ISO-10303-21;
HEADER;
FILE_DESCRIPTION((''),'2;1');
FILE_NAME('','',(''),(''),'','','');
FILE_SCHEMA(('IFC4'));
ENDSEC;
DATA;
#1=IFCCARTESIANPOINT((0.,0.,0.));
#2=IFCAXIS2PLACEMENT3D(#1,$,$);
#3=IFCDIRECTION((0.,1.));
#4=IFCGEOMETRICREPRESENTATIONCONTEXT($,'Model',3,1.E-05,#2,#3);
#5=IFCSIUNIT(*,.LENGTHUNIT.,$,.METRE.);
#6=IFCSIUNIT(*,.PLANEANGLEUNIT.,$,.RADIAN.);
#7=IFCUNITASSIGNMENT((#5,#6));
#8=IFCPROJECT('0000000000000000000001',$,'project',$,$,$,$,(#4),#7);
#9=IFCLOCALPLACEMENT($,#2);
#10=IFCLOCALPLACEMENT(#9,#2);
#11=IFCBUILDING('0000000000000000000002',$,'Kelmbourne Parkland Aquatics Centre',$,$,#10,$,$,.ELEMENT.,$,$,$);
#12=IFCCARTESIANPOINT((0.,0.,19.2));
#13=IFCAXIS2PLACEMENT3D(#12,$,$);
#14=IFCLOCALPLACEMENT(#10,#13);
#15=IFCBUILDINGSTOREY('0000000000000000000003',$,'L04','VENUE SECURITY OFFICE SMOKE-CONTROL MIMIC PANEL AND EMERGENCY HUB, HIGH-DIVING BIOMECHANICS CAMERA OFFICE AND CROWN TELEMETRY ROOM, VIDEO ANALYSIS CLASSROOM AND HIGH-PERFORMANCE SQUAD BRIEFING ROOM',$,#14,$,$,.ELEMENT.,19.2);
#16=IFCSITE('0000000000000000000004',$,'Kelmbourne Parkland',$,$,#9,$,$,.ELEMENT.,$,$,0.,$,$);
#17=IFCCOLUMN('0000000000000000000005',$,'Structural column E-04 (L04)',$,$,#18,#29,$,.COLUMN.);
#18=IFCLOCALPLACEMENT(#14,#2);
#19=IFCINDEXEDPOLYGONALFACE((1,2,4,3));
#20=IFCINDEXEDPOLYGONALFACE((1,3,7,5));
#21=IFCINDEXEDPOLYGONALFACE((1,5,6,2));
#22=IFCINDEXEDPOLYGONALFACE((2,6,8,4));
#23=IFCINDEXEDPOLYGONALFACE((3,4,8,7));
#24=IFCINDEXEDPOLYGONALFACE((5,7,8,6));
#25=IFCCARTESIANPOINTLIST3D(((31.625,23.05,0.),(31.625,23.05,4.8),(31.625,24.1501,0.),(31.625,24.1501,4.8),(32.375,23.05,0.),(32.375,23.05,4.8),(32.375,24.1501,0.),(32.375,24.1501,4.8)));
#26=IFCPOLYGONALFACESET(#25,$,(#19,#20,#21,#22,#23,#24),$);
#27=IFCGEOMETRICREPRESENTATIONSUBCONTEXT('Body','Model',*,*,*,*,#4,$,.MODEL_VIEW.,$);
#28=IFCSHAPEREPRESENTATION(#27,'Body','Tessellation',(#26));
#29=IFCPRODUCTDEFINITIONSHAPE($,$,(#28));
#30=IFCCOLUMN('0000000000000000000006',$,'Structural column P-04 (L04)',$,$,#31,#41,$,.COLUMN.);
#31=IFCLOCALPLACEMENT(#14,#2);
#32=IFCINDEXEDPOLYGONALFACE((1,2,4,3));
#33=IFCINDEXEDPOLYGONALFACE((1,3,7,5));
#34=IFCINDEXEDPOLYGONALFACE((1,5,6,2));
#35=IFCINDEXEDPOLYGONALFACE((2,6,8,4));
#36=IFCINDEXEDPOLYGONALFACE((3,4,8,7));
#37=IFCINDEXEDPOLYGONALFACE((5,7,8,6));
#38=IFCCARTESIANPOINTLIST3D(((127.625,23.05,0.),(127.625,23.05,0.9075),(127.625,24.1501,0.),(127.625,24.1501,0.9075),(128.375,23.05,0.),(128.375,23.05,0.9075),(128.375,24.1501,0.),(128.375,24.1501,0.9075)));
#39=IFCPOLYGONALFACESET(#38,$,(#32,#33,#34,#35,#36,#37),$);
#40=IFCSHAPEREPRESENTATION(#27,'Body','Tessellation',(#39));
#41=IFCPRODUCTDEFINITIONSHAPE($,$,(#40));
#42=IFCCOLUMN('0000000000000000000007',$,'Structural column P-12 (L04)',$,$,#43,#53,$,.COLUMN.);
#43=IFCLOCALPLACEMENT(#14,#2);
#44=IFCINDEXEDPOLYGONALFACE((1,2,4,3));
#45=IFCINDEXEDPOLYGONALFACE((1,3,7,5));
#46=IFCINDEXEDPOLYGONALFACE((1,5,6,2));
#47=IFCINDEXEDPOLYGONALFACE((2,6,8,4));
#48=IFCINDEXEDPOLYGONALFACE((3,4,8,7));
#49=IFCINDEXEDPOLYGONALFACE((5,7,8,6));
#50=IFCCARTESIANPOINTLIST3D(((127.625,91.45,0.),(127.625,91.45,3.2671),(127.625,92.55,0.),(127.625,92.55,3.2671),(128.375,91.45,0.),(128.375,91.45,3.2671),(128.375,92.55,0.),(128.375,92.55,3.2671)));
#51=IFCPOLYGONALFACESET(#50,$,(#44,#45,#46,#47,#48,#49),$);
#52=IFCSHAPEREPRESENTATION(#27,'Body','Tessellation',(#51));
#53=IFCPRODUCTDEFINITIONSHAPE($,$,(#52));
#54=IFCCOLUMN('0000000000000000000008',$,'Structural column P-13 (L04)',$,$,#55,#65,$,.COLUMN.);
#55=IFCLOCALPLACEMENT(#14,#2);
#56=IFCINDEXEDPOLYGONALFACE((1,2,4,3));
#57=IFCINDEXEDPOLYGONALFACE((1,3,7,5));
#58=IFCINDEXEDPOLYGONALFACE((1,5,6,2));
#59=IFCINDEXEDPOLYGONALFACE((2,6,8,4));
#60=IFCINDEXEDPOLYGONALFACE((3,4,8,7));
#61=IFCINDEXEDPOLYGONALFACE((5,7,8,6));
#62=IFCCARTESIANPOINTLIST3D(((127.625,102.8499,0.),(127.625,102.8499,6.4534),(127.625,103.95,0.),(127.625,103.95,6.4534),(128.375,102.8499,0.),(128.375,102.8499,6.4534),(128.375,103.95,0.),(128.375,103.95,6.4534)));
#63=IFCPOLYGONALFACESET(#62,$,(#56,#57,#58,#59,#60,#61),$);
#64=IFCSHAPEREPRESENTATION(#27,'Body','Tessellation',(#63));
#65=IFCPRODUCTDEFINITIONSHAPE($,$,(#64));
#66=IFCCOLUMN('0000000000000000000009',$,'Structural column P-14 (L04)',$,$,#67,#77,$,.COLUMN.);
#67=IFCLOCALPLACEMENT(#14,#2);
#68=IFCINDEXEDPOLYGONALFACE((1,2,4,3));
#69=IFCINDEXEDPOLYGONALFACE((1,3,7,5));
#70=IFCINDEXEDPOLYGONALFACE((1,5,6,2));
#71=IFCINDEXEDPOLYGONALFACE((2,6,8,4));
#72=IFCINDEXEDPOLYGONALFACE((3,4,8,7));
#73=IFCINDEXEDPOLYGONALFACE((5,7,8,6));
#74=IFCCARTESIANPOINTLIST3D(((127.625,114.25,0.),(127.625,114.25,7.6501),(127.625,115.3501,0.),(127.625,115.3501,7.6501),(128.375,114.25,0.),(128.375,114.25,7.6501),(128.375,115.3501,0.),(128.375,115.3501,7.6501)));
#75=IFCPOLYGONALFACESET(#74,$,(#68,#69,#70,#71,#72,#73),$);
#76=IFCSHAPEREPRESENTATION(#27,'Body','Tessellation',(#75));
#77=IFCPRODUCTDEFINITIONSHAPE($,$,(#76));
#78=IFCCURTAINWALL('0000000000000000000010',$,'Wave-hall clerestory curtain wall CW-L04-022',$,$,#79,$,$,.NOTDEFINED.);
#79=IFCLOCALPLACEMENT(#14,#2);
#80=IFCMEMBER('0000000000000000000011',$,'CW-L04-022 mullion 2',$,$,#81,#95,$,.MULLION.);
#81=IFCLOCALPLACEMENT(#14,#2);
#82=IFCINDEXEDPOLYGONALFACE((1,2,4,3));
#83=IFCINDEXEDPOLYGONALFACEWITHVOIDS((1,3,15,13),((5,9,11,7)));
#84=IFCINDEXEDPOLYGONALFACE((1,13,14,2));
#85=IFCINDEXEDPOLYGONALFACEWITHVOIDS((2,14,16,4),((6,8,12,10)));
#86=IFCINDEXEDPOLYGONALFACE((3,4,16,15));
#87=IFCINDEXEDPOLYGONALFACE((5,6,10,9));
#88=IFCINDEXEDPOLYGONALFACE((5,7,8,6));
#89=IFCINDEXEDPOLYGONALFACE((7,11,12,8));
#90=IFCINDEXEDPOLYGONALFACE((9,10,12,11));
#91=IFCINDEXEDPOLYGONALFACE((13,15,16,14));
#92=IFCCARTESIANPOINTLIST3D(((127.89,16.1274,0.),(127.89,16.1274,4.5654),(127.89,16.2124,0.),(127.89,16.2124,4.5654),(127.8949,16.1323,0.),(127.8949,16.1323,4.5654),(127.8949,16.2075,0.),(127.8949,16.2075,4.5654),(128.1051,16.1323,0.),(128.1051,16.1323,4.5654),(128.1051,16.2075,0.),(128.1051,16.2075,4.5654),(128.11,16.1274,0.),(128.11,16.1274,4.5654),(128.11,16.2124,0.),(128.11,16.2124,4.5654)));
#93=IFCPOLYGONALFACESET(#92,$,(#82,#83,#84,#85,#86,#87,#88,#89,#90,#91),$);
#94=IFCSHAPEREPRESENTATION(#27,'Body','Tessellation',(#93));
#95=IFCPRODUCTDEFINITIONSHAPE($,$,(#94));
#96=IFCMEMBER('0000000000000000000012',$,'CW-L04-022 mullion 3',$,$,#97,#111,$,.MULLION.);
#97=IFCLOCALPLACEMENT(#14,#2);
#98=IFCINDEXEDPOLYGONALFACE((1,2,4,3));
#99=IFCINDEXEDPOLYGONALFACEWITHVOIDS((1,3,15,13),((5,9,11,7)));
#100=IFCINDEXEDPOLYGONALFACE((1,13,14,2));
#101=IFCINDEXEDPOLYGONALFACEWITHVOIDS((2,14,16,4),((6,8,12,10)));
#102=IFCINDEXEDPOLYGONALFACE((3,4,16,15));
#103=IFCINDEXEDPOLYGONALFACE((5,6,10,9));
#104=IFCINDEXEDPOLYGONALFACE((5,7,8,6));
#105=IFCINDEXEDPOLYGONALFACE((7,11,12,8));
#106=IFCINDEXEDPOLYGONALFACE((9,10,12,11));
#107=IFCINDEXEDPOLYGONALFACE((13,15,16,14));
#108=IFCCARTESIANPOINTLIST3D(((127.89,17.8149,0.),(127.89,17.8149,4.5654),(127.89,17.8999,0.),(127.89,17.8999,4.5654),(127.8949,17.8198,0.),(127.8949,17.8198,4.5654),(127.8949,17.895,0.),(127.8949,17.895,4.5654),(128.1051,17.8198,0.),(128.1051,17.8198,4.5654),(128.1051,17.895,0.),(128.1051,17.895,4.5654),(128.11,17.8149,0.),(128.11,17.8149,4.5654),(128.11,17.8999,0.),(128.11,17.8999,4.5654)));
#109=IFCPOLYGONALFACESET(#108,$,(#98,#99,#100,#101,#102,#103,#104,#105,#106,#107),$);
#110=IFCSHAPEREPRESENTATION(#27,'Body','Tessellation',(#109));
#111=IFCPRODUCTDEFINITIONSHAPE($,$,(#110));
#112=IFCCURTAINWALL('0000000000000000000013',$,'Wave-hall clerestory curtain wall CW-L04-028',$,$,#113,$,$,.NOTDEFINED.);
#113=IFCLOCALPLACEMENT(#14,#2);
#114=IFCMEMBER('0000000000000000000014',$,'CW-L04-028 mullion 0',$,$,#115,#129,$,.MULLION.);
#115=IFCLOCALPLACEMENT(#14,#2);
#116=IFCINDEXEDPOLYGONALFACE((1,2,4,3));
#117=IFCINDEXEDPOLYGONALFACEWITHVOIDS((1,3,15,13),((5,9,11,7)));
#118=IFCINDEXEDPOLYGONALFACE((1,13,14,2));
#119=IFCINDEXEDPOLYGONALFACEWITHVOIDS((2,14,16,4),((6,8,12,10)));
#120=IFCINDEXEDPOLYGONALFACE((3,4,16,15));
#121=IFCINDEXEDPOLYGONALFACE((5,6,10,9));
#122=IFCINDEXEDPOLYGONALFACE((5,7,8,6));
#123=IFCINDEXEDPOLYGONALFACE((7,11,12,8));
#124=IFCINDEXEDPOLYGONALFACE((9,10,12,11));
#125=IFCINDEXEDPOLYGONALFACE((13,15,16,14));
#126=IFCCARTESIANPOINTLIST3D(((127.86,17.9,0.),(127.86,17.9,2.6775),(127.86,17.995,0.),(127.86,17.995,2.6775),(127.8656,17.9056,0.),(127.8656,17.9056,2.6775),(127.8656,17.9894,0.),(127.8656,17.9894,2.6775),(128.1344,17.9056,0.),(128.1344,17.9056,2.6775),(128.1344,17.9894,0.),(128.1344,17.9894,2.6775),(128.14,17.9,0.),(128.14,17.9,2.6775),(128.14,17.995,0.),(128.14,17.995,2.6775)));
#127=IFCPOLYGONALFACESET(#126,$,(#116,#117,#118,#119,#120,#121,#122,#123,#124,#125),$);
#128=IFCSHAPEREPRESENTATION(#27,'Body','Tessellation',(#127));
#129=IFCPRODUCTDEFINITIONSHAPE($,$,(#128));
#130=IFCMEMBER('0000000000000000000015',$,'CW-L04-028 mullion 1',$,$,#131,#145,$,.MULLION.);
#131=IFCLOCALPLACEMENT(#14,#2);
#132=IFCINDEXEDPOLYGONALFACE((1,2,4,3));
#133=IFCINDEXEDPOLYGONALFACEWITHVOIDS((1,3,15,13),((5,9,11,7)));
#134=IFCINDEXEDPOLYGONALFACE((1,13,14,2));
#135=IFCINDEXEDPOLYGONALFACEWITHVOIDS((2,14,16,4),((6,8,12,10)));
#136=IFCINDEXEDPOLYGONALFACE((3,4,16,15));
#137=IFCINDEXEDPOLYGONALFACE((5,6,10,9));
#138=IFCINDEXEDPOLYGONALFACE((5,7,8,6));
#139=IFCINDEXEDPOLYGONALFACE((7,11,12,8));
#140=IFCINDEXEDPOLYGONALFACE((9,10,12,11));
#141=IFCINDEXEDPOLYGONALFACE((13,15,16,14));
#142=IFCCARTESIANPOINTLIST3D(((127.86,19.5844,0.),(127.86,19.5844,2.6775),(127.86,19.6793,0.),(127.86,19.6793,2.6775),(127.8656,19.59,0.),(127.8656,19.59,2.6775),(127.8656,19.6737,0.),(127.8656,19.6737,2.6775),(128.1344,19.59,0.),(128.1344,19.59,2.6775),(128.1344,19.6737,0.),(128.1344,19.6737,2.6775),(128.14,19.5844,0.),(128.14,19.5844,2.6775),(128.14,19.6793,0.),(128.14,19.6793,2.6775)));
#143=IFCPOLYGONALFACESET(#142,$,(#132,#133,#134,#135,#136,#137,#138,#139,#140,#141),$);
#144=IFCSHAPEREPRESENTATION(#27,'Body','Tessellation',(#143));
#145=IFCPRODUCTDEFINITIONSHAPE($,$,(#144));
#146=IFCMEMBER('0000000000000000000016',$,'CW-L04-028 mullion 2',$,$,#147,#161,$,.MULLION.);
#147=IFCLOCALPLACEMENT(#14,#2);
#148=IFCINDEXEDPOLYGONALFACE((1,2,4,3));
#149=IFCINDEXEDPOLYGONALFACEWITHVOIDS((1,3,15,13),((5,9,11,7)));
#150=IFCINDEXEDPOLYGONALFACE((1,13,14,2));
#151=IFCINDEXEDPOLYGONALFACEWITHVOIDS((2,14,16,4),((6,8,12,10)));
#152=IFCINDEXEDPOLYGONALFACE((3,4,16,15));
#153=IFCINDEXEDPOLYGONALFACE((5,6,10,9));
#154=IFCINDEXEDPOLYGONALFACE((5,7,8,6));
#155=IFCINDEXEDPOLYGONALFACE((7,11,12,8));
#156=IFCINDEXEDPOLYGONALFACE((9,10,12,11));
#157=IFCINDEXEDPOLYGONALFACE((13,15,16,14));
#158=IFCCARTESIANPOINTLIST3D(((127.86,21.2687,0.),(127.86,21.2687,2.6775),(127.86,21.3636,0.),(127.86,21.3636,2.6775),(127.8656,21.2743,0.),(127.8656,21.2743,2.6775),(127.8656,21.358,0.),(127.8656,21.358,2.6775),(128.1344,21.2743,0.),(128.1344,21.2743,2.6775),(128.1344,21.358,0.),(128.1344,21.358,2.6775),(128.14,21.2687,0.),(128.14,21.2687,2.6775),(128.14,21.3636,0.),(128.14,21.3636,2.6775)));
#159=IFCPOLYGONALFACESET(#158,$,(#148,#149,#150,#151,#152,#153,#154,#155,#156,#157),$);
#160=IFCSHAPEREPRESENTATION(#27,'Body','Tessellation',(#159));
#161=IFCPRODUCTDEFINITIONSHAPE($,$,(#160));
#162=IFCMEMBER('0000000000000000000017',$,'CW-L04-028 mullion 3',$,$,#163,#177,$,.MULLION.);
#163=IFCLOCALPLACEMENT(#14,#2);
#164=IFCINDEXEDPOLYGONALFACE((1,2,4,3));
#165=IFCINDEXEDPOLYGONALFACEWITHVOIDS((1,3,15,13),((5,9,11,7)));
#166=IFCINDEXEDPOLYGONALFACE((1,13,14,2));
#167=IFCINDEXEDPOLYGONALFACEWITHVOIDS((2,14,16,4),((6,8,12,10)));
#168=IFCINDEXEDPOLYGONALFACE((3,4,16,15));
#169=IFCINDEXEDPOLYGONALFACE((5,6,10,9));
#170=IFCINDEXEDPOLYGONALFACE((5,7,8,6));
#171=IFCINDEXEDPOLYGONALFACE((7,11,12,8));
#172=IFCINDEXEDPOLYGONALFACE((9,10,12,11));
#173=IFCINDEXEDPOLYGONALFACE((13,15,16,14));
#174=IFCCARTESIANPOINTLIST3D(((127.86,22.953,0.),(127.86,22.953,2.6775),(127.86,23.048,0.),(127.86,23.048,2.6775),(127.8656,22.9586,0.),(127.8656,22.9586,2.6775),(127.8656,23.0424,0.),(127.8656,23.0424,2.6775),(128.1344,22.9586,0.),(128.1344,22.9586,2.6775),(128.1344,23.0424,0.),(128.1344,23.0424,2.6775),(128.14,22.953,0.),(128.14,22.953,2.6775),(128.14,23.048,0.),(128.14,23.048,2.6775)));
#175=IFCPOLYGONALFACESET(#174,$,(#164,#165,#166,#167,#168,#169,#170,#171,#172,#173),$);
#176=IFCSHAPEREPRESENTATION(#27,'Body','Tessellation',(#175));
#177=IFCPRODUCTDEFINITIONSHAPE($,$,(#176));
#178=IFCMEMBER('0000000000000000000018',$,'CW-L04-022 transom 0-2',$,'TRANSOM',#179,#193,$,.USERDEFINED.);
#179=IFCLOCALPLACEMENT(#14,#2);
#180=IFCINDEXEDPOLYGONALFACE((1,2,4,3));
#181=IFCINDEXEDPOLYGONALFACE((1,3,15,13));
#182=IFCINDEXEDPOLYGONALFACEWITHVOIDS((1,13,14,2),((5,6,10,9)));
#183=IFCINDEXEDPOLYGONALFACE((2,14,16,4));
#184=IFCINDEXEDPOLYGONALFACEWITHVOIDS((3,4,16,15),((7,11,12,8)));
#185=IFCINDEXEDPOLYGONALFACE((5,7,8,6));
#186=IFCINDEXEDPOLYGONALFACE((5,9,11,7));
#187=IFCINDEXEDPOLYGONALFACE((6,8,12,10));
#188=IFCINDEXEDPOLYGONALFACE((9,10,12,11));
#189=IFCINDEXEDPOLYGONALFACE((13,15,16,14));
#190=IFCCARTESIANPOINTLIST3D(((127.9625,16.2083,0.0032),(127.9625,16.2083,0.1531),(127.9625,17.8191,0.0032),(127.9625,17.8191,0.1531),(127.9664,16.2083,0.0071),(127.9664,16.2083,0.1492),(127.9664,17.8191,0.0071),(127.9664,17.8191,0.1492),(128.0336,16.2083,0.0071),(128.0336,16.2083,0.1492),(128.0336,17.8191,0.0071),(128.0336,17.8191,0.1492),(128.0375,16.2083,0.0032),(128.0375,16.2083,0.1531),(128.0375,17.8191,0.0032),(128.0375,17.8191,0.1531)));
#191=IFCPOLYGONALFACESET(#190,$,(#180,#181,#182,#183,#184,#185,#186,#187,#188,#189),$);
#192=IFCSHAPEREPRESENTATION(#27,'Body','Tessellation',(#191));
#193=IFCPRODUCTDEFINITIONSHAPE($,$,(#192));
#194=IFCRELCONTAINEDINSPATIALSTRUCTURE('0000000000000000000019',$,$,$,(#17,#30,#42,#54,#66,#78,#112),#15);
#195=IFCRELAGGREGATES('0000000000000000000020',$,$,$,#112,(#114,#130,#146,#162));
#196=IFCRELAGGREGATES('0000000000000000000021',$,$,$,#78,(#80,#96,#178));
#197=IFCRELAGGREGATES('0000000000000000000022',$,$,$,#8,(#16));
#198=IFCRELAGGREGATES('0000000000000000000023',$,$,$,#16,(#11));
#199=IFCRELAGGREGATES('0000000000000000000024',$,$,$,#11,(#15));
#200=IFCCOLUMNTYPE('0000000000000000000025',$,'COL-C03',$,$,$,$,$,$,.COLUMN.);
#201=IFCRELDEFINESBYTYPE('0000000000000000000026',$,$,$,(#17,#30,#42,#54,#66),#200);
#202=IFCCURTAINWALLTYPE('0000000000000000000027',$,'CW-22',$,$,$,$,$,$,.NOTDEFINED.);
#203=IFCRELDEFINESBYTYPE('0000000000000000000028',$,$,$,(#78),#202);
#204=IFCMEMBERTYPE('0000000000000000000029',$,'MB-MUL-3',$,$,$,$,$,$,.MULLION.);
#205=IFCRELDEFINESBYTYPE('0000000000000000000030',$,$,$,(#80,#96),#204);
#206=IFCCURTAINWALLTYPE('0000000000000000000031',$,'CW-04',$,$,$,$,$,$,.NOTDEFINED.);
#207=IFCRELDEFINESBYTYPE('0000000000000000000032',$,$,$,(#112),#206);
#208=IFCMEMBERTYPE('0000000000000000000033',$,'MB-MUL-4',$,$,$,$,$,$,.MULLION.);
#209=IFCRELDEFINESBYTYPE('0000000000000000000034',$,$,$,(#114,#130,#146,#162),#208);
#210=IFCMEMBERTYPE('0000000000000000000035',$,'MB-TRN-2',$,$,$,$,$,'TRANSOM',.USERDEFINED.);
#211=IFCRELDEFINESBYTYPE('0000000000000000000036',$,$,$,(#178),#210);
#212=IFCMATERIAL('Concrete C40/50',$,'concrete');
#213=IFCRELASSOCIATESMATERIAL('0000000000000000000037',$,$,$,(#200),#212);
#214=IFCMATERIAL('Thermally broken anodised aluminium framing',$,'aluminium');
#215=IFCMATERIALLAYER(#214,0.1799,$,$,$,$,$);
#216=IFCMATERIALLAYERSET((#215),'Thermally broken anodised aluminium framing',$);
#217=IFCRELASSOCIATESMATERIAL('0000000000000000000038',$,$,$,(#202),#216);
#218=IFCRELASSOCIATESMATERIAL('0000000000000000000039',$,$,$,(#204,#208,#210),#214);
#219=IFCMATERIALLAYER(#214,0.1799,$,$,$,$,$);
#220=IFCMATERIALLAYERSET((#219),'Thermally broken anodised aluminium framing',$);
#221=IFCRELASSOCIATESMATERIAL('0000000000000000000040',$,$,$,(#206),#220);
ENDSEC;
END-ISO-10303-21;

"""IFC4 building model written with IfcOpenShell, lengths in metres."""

from ifc_helpers import new_model, si_unit, direction, frame, origin, origin_2d, place, context, subcontext, project, spatial, rectangle, hollow_rectangle, extrude, material, layer, layer_set, material_profile, profile_set, type_object, element, aggregate, save


model = new_model("IFC4")

# Units and contexts
model_context = context("Model", 3, precision=1e-05, world=origin(), true_north=direction((0.0, 1.0)))
body_context = subcontext(model_context, "Body", "Model", "MODEL_VIEW")
ifc_project = project(units=[si_unit("LENGTHUNIT", "METRE"), si_unit("PLANEANGLEUNIT", "RADIAN")], contexts=[model_context])

# Site, building, storey
site_placement = place(None, origin())
site = spatial("IfcSite", under=ifc_project, at=site_placement, Name="Kelmbourne Parkland", CompositionType="ELEMENT", RefElevation=0.0)
building_placement = place(site_placement, origin())
building = spatial("IfcBuilding", under=site, at=building_placement, Name="Kelmbourne Parkland Aquatics Centre", CompositionType="ELEMENT")
storey_placement = place(building_placement, frame((0.0, 0.0, 19.2)))
storey = spatial("IfcBuildingStorey", under=building, at=storey_placement, Name="L04", Description="VENUE SECURITY OFFICE SMOKE-CONTROL MIMIC PANEL AND EMERGENCY HUB, HIGH-DIVING BIOMECHANICS CAMERA OFFICE AND CROWN TELEMETRY ROOM, VIDEO ANALYSIS CLASSROOM AND HIGH-PERFORMANCE SQUAD BRIEFING ROOM", CompositionType="ELEMENT", Elevation=19.2)

# Columns
ifc_material_1 = material(Name="Concrete C40/50", Category="concrete")
ifc_material_profile_1 = material_profile(ifc_material_1, rectangle(XDim=0.75, YDim=1.1001, at=origin_2d()), Name="RC 750x1100")
ifc_profile_set_1 = profile_set([ifc_material_profile_1], Name="Concrete C40/50")
column_type = type_object("IfcColumnType", Name="COL-C03", PredefinedType="COLUMN", material=ifc_profile_set_1)
column_1_placement = place(storey_placement, frame((32.0, 23.6001, 0.0), z_axis=(0.0, 0.0, 1.0), x_axis=(1.0, 0.0, 0.0)))
element("IfcColumn", 1, at=column_1_placement, inside=storey, type_object=column_type, Name="Structural column E-04 (L04)", PredefinedType="COLUMN", context=body_context, shape_type="SweptSolid", body=[
    extrude(rectangle(XDim=0.75, YDim=1.1001, at=origin_2d()), origin(), (0.0, 0.0, 1.0), 4.8),
])
column_2_placement = place(storey_placement, frame((128.0, 23.6001, 0.0), z_axis=(0.0, 0.0, 1.0), x_axis=(1.0, 0.0, 0.0)))
element("IfcColumn", 2, at=column_2_placement, inside=storey, type_object=column_type, Name="Structural column P-04 (L04)", PredefinedType="COLUMN", context=body_context, shape_type="SweptSolid", body=[
    extrude(rectangle(XDim=0.75, YDim=1.1001, at=origin_2d()), origin(), (0.0, 0.0, 1.0), 0.9075),
])
column_3_placement = place(storey_placement, frame((128.0, 92.0, 0.0), z_axis=(0.0, 0.0, 1.0), x_axis=(1.0, 0.0, 0.0)))
element("IfcColumn", 3, at=column_3_placement, inside=storey, type_object=column_type, Name="Structural column P-12 (L04)", PredefinedType="COLUMN", context=body_context, shape_type="SweptSolid", body=[
    extrude(rectangle(XDim=0.75, YDim=1.1001, at=origin_2d()), origin(), (0.0, 0.0, 1.0), 3.2671),
])
column_4_placement = place(storey_placement, frame((128.0, 103.3999, 0.0), z_axis=(0.0, 0.0, 1.0), x_axis=(1.0, 0.0, 0.0)))
element("IfcColumn", 4, at=column_4_placement, inside=storey, type_object=column_type, Name="Structural column P-13 (L04)", PredefinedType="COLUMN", context=body_context, shape_type="SweptSolid", body=[
    extrude(rectangle(XDim=0.75, YDim=1.1001, at=origin_2d()), origin(), (0.0, 0.0, 1.0), 6.4534),
])
column_5_placement = place(storey_placement, frame((128.0, 114.8, 0.0), z_axis=(0.0, 0.0, 1.0), x_axis=(1.0, 0.0, 0.0)))
element("IfcColumn", 5, at=column_5_placement, inside=storey, type_object=column_type, Name="Structural column P-14 (L04)", PredefinedType="COLUMN", context=body_context, shape_type="SweptSolid", body=[
    extrude(rectangle(XDim=0.75, YDim=1.1001, at=origin_2d()), origin(), (0.0, 0.0, 1.0), 7.6501),
])

# Curtain walls, members
ifc_material_2 = material(Name="Thermally broken anodised aluminium framing", Category="aluminium")
ifc_layer_1 = layer(ifc_material_2, 0.1799)
ifc_layer_set_1 = layer_set([ifc_layer_1], Name="Thermally broken anodised aluminium framing")
curtain_wall_type_1 = type_object("IfcCurtainWallType", Name="CW-22", PredefinedType="NOTDEFINED", material=ifc_layer_set_1)
curtain_wall_1_placement = place(storey_placement, origin())
curtain_wall_1 = element("IfcCurtainWall", 6, at=curtain_wall_1_placement, inside=storey, type_object=curtain_wall_type_1, Name="Wave-hall clerestory curtain wall CW-L04-022", PredefinedType="NOTDEFINED")
ifc_material_profile_2 = material_profile(ifc_material_2, hollow_rectangle(XDim=0.085, YDim=0.22, WallThickness=0.0049, at=origin_2d()), Name="CW-M 85x220")
ifc_profile_set_2 = profile_set([ifc_material_profile_2], Name="Thermally broken anodised aluminium framing")
member_type_1 = type_object("IfcMemberType", Name="MB-MUL-3", PredefinedType="MULLION", material=ifc_profile_set_2)
member_1_placement = place(storey_placement, frame((128.0, 16.1699, 0.0), z_axis=(0.0, 0.0, 1.0), x_axis=(0.0, 1.0, 0.0)))
member_1 = element("IfcMember", 7, at=member_1_placement, type_object=member_type_1, Name="CW-L04-022 mullion 2", PredefinedType="MULLION", context=body_context, shape_type="SweptSolid", body=[
    extrude(hollow_rectangle(XDim=0.085, YDim=0.22, WallThickness=0.0049, at=origin_2d()), origin(), (0.0, 0.0, 1.0), 4.5654),
])
member_2_placement = place(storey_placement, frame((128.0, 17.8574, 0.0), z_axis=(0.0, 0.0, 1.0), x_axis=(0.0, 1.0, 0.0)))
member_2 = element("IfcMember", 8, at=member_2_placement, type_object=member_type_1, Name="CW-L04-022 mullion 3", PredefinedType="MULLION", context=body_context, shape_type="SweptSolid", body=[
    extrude(hollow_rectangle(XDim=0.085, YDim=0.22, WallThickness=0.0049, at=origin_2d()), origin(), (0.0, 0.0, 1.0), 4.5654),
])
ifc_layer_2 = layer(ifc_material_2, 0.1799)
ifc_layer_set_2 = layer_set([ifc_layer_2], Name="Thermally broken anodised aluminium framing")
curtain_wall_type_2 = type_object("IfcCurtainWallType", Name="CW-04", PredefinedType="NOTDEFINED", material=ifc_layer_set_2)
curtain_wall_2_placement = place(storey_placement, origin())
curtain_wall_2 = element("IfcCurtainWall", 9, at=curtain_wall_2_placement, inside=storey, type_object=curtain_wall_type_2, Name="Wave-hall clerestory curtain wall CW-L04-028", PredefinedType="NOTDEFINED")
ifc_material_profile_3 = material_profile(ifc_material_2, hollow_rectangle(XDim=0.095, YDim=0.28, WallThickness=0.0056, at=origin_2d()), Name="CW-M 95x280")
ifc_profile_set_3 = profile_set([ifc_material_profile_3], Name="Thermally broken anodised aluminium framing")
member_type_2 = type_object("IfcMemberType", Name="MB-MUL-4", PredefinedType="MULLION", material=ifc_profile_set_3)
member_3_placement = place(storey_placement, frame((128.0, 17.9475, 0.0), z_axis=(0.0, 0.0, 1.0), x_axis=(0.0, 1.0, 0.0)))
member_3 = element("IfcMember", 10, at=member_3_placement, type_object=member_type_2, Name="CW-L04-028 mullion 0", PredefinedType="MULLION", context=body_context, shape_type="SweptSolid", body=[
    extrude(hollow_rectangle(XDim=0.095, YDim=0.28, WallThickness=0.0056, at=origin_2d()), origin(), (0.0, 0.0, 1.0), 2.6775),
])
member_4_placement = place(storey_placement, frame((128.0, 19.6318, 0.0), z_axis=(0.0, 0.0, 1.0), x_axis=(0.0, 1.0, 0.0)))
member_4 = element("IfcMember", 11, at=member_4_placement, type_object=member_type_2, Name="CW-L04-028 mullion 1", PredefinedType="MULLION", context=body_context, shape_type="SweptSolid", body=[
    extrude(hollow_rectangle(XDim=0.095, YDim=0.28, WallThickness=0.0056, at=origin_2d()), origin(), (0.0, 0.0, 1.0), 2.6775),
])
member_5_placement = place(storey_placement, frame((128.0, 21.3162, 0.0), z_axis=(0.0, 0.0, 1.0), x_axis=(0.0, 1.0, 0.0)))
member_5 = element("IfcMember", 12, at=member_5_placement, type_object=member_type_2, Name="CW-L04-028 mullion 2", PredefinedType="MULLION", context=body_context, shape_type="SweptSolid", body=[
    extrude(hollow_rectangle(XDim=0.095, YDim=0.28, WallThickness=0.0056, at=origin_2d()), origin(), (0.0, 0.0, 1.0), 2.6775),
])
member_6_placement = place(storey_placement, frame((128.0, 23.0005, 0.0), z_axis=(0.0, 0.0, 1.0), x_axis=(0.0, 1.0, 0.0)))
member_6 = element("IfcMember", 13, at=member_6_placement, type_object=member_type_2, Name="CW-L04-028 mullion 3", PredefinedType="MULLION", context=body_context, shape_type="SweptSolid", body=[
    extrude(hollow_rectangle(XDim=0.095, YDim=0.28, WallThickness=0.0056, at=origin_2d()), origin(), (0.0, 0.0, 1.0), 2.6775),
])

# Member
ifc_material_profile_4 = material_profile(ifc_material_2, hollow_rectangle(XDim=0.075, YDim=0.1499, WallThickness=0.0039, at=origin_2d()), Name="CW-T 75x150")
ifc_profile_set_4 = profile_set([ifc_material_profile_4], Name="Thermally broken anodised aluminium framing")
member_type_3 = type_object("IfcMemberType", Name="MB-TRN-2", ElementType="TRANSOM", PredefinedType="USERDEFINED", material=ifc_profile_set_4)
member_7_placement = place(storey_placement, frame((128.0, 16.2083, 0.0781), z_axis=(0.0, 1.0, 0.0), x_axis=(-1.0, 0.0, 0.0)))
member_7 = element("IfcMember", 14, at=member_7_placement, type_object=member_type_3, Name="CW-L04-022 transom 0-2", ObjectType="TRANSOM", PredefinedType="USERDEFINED", context=body_context, shape_type="SweptSolid", body=[
    extrude(hollow_rectangle(XDim=0.075, YDim=0.1499, WallThickness=0.0039, at=origin_2d()), origin(), (0.0, 0.0, 1.0), 1.6108),
])
aggregate(curtain_wall_2, [member_3, member_4, member_5, member_6])

aggregate(curtain_wall_1, [member_1, member_2, member_7])

save(model, "model.ifc")
